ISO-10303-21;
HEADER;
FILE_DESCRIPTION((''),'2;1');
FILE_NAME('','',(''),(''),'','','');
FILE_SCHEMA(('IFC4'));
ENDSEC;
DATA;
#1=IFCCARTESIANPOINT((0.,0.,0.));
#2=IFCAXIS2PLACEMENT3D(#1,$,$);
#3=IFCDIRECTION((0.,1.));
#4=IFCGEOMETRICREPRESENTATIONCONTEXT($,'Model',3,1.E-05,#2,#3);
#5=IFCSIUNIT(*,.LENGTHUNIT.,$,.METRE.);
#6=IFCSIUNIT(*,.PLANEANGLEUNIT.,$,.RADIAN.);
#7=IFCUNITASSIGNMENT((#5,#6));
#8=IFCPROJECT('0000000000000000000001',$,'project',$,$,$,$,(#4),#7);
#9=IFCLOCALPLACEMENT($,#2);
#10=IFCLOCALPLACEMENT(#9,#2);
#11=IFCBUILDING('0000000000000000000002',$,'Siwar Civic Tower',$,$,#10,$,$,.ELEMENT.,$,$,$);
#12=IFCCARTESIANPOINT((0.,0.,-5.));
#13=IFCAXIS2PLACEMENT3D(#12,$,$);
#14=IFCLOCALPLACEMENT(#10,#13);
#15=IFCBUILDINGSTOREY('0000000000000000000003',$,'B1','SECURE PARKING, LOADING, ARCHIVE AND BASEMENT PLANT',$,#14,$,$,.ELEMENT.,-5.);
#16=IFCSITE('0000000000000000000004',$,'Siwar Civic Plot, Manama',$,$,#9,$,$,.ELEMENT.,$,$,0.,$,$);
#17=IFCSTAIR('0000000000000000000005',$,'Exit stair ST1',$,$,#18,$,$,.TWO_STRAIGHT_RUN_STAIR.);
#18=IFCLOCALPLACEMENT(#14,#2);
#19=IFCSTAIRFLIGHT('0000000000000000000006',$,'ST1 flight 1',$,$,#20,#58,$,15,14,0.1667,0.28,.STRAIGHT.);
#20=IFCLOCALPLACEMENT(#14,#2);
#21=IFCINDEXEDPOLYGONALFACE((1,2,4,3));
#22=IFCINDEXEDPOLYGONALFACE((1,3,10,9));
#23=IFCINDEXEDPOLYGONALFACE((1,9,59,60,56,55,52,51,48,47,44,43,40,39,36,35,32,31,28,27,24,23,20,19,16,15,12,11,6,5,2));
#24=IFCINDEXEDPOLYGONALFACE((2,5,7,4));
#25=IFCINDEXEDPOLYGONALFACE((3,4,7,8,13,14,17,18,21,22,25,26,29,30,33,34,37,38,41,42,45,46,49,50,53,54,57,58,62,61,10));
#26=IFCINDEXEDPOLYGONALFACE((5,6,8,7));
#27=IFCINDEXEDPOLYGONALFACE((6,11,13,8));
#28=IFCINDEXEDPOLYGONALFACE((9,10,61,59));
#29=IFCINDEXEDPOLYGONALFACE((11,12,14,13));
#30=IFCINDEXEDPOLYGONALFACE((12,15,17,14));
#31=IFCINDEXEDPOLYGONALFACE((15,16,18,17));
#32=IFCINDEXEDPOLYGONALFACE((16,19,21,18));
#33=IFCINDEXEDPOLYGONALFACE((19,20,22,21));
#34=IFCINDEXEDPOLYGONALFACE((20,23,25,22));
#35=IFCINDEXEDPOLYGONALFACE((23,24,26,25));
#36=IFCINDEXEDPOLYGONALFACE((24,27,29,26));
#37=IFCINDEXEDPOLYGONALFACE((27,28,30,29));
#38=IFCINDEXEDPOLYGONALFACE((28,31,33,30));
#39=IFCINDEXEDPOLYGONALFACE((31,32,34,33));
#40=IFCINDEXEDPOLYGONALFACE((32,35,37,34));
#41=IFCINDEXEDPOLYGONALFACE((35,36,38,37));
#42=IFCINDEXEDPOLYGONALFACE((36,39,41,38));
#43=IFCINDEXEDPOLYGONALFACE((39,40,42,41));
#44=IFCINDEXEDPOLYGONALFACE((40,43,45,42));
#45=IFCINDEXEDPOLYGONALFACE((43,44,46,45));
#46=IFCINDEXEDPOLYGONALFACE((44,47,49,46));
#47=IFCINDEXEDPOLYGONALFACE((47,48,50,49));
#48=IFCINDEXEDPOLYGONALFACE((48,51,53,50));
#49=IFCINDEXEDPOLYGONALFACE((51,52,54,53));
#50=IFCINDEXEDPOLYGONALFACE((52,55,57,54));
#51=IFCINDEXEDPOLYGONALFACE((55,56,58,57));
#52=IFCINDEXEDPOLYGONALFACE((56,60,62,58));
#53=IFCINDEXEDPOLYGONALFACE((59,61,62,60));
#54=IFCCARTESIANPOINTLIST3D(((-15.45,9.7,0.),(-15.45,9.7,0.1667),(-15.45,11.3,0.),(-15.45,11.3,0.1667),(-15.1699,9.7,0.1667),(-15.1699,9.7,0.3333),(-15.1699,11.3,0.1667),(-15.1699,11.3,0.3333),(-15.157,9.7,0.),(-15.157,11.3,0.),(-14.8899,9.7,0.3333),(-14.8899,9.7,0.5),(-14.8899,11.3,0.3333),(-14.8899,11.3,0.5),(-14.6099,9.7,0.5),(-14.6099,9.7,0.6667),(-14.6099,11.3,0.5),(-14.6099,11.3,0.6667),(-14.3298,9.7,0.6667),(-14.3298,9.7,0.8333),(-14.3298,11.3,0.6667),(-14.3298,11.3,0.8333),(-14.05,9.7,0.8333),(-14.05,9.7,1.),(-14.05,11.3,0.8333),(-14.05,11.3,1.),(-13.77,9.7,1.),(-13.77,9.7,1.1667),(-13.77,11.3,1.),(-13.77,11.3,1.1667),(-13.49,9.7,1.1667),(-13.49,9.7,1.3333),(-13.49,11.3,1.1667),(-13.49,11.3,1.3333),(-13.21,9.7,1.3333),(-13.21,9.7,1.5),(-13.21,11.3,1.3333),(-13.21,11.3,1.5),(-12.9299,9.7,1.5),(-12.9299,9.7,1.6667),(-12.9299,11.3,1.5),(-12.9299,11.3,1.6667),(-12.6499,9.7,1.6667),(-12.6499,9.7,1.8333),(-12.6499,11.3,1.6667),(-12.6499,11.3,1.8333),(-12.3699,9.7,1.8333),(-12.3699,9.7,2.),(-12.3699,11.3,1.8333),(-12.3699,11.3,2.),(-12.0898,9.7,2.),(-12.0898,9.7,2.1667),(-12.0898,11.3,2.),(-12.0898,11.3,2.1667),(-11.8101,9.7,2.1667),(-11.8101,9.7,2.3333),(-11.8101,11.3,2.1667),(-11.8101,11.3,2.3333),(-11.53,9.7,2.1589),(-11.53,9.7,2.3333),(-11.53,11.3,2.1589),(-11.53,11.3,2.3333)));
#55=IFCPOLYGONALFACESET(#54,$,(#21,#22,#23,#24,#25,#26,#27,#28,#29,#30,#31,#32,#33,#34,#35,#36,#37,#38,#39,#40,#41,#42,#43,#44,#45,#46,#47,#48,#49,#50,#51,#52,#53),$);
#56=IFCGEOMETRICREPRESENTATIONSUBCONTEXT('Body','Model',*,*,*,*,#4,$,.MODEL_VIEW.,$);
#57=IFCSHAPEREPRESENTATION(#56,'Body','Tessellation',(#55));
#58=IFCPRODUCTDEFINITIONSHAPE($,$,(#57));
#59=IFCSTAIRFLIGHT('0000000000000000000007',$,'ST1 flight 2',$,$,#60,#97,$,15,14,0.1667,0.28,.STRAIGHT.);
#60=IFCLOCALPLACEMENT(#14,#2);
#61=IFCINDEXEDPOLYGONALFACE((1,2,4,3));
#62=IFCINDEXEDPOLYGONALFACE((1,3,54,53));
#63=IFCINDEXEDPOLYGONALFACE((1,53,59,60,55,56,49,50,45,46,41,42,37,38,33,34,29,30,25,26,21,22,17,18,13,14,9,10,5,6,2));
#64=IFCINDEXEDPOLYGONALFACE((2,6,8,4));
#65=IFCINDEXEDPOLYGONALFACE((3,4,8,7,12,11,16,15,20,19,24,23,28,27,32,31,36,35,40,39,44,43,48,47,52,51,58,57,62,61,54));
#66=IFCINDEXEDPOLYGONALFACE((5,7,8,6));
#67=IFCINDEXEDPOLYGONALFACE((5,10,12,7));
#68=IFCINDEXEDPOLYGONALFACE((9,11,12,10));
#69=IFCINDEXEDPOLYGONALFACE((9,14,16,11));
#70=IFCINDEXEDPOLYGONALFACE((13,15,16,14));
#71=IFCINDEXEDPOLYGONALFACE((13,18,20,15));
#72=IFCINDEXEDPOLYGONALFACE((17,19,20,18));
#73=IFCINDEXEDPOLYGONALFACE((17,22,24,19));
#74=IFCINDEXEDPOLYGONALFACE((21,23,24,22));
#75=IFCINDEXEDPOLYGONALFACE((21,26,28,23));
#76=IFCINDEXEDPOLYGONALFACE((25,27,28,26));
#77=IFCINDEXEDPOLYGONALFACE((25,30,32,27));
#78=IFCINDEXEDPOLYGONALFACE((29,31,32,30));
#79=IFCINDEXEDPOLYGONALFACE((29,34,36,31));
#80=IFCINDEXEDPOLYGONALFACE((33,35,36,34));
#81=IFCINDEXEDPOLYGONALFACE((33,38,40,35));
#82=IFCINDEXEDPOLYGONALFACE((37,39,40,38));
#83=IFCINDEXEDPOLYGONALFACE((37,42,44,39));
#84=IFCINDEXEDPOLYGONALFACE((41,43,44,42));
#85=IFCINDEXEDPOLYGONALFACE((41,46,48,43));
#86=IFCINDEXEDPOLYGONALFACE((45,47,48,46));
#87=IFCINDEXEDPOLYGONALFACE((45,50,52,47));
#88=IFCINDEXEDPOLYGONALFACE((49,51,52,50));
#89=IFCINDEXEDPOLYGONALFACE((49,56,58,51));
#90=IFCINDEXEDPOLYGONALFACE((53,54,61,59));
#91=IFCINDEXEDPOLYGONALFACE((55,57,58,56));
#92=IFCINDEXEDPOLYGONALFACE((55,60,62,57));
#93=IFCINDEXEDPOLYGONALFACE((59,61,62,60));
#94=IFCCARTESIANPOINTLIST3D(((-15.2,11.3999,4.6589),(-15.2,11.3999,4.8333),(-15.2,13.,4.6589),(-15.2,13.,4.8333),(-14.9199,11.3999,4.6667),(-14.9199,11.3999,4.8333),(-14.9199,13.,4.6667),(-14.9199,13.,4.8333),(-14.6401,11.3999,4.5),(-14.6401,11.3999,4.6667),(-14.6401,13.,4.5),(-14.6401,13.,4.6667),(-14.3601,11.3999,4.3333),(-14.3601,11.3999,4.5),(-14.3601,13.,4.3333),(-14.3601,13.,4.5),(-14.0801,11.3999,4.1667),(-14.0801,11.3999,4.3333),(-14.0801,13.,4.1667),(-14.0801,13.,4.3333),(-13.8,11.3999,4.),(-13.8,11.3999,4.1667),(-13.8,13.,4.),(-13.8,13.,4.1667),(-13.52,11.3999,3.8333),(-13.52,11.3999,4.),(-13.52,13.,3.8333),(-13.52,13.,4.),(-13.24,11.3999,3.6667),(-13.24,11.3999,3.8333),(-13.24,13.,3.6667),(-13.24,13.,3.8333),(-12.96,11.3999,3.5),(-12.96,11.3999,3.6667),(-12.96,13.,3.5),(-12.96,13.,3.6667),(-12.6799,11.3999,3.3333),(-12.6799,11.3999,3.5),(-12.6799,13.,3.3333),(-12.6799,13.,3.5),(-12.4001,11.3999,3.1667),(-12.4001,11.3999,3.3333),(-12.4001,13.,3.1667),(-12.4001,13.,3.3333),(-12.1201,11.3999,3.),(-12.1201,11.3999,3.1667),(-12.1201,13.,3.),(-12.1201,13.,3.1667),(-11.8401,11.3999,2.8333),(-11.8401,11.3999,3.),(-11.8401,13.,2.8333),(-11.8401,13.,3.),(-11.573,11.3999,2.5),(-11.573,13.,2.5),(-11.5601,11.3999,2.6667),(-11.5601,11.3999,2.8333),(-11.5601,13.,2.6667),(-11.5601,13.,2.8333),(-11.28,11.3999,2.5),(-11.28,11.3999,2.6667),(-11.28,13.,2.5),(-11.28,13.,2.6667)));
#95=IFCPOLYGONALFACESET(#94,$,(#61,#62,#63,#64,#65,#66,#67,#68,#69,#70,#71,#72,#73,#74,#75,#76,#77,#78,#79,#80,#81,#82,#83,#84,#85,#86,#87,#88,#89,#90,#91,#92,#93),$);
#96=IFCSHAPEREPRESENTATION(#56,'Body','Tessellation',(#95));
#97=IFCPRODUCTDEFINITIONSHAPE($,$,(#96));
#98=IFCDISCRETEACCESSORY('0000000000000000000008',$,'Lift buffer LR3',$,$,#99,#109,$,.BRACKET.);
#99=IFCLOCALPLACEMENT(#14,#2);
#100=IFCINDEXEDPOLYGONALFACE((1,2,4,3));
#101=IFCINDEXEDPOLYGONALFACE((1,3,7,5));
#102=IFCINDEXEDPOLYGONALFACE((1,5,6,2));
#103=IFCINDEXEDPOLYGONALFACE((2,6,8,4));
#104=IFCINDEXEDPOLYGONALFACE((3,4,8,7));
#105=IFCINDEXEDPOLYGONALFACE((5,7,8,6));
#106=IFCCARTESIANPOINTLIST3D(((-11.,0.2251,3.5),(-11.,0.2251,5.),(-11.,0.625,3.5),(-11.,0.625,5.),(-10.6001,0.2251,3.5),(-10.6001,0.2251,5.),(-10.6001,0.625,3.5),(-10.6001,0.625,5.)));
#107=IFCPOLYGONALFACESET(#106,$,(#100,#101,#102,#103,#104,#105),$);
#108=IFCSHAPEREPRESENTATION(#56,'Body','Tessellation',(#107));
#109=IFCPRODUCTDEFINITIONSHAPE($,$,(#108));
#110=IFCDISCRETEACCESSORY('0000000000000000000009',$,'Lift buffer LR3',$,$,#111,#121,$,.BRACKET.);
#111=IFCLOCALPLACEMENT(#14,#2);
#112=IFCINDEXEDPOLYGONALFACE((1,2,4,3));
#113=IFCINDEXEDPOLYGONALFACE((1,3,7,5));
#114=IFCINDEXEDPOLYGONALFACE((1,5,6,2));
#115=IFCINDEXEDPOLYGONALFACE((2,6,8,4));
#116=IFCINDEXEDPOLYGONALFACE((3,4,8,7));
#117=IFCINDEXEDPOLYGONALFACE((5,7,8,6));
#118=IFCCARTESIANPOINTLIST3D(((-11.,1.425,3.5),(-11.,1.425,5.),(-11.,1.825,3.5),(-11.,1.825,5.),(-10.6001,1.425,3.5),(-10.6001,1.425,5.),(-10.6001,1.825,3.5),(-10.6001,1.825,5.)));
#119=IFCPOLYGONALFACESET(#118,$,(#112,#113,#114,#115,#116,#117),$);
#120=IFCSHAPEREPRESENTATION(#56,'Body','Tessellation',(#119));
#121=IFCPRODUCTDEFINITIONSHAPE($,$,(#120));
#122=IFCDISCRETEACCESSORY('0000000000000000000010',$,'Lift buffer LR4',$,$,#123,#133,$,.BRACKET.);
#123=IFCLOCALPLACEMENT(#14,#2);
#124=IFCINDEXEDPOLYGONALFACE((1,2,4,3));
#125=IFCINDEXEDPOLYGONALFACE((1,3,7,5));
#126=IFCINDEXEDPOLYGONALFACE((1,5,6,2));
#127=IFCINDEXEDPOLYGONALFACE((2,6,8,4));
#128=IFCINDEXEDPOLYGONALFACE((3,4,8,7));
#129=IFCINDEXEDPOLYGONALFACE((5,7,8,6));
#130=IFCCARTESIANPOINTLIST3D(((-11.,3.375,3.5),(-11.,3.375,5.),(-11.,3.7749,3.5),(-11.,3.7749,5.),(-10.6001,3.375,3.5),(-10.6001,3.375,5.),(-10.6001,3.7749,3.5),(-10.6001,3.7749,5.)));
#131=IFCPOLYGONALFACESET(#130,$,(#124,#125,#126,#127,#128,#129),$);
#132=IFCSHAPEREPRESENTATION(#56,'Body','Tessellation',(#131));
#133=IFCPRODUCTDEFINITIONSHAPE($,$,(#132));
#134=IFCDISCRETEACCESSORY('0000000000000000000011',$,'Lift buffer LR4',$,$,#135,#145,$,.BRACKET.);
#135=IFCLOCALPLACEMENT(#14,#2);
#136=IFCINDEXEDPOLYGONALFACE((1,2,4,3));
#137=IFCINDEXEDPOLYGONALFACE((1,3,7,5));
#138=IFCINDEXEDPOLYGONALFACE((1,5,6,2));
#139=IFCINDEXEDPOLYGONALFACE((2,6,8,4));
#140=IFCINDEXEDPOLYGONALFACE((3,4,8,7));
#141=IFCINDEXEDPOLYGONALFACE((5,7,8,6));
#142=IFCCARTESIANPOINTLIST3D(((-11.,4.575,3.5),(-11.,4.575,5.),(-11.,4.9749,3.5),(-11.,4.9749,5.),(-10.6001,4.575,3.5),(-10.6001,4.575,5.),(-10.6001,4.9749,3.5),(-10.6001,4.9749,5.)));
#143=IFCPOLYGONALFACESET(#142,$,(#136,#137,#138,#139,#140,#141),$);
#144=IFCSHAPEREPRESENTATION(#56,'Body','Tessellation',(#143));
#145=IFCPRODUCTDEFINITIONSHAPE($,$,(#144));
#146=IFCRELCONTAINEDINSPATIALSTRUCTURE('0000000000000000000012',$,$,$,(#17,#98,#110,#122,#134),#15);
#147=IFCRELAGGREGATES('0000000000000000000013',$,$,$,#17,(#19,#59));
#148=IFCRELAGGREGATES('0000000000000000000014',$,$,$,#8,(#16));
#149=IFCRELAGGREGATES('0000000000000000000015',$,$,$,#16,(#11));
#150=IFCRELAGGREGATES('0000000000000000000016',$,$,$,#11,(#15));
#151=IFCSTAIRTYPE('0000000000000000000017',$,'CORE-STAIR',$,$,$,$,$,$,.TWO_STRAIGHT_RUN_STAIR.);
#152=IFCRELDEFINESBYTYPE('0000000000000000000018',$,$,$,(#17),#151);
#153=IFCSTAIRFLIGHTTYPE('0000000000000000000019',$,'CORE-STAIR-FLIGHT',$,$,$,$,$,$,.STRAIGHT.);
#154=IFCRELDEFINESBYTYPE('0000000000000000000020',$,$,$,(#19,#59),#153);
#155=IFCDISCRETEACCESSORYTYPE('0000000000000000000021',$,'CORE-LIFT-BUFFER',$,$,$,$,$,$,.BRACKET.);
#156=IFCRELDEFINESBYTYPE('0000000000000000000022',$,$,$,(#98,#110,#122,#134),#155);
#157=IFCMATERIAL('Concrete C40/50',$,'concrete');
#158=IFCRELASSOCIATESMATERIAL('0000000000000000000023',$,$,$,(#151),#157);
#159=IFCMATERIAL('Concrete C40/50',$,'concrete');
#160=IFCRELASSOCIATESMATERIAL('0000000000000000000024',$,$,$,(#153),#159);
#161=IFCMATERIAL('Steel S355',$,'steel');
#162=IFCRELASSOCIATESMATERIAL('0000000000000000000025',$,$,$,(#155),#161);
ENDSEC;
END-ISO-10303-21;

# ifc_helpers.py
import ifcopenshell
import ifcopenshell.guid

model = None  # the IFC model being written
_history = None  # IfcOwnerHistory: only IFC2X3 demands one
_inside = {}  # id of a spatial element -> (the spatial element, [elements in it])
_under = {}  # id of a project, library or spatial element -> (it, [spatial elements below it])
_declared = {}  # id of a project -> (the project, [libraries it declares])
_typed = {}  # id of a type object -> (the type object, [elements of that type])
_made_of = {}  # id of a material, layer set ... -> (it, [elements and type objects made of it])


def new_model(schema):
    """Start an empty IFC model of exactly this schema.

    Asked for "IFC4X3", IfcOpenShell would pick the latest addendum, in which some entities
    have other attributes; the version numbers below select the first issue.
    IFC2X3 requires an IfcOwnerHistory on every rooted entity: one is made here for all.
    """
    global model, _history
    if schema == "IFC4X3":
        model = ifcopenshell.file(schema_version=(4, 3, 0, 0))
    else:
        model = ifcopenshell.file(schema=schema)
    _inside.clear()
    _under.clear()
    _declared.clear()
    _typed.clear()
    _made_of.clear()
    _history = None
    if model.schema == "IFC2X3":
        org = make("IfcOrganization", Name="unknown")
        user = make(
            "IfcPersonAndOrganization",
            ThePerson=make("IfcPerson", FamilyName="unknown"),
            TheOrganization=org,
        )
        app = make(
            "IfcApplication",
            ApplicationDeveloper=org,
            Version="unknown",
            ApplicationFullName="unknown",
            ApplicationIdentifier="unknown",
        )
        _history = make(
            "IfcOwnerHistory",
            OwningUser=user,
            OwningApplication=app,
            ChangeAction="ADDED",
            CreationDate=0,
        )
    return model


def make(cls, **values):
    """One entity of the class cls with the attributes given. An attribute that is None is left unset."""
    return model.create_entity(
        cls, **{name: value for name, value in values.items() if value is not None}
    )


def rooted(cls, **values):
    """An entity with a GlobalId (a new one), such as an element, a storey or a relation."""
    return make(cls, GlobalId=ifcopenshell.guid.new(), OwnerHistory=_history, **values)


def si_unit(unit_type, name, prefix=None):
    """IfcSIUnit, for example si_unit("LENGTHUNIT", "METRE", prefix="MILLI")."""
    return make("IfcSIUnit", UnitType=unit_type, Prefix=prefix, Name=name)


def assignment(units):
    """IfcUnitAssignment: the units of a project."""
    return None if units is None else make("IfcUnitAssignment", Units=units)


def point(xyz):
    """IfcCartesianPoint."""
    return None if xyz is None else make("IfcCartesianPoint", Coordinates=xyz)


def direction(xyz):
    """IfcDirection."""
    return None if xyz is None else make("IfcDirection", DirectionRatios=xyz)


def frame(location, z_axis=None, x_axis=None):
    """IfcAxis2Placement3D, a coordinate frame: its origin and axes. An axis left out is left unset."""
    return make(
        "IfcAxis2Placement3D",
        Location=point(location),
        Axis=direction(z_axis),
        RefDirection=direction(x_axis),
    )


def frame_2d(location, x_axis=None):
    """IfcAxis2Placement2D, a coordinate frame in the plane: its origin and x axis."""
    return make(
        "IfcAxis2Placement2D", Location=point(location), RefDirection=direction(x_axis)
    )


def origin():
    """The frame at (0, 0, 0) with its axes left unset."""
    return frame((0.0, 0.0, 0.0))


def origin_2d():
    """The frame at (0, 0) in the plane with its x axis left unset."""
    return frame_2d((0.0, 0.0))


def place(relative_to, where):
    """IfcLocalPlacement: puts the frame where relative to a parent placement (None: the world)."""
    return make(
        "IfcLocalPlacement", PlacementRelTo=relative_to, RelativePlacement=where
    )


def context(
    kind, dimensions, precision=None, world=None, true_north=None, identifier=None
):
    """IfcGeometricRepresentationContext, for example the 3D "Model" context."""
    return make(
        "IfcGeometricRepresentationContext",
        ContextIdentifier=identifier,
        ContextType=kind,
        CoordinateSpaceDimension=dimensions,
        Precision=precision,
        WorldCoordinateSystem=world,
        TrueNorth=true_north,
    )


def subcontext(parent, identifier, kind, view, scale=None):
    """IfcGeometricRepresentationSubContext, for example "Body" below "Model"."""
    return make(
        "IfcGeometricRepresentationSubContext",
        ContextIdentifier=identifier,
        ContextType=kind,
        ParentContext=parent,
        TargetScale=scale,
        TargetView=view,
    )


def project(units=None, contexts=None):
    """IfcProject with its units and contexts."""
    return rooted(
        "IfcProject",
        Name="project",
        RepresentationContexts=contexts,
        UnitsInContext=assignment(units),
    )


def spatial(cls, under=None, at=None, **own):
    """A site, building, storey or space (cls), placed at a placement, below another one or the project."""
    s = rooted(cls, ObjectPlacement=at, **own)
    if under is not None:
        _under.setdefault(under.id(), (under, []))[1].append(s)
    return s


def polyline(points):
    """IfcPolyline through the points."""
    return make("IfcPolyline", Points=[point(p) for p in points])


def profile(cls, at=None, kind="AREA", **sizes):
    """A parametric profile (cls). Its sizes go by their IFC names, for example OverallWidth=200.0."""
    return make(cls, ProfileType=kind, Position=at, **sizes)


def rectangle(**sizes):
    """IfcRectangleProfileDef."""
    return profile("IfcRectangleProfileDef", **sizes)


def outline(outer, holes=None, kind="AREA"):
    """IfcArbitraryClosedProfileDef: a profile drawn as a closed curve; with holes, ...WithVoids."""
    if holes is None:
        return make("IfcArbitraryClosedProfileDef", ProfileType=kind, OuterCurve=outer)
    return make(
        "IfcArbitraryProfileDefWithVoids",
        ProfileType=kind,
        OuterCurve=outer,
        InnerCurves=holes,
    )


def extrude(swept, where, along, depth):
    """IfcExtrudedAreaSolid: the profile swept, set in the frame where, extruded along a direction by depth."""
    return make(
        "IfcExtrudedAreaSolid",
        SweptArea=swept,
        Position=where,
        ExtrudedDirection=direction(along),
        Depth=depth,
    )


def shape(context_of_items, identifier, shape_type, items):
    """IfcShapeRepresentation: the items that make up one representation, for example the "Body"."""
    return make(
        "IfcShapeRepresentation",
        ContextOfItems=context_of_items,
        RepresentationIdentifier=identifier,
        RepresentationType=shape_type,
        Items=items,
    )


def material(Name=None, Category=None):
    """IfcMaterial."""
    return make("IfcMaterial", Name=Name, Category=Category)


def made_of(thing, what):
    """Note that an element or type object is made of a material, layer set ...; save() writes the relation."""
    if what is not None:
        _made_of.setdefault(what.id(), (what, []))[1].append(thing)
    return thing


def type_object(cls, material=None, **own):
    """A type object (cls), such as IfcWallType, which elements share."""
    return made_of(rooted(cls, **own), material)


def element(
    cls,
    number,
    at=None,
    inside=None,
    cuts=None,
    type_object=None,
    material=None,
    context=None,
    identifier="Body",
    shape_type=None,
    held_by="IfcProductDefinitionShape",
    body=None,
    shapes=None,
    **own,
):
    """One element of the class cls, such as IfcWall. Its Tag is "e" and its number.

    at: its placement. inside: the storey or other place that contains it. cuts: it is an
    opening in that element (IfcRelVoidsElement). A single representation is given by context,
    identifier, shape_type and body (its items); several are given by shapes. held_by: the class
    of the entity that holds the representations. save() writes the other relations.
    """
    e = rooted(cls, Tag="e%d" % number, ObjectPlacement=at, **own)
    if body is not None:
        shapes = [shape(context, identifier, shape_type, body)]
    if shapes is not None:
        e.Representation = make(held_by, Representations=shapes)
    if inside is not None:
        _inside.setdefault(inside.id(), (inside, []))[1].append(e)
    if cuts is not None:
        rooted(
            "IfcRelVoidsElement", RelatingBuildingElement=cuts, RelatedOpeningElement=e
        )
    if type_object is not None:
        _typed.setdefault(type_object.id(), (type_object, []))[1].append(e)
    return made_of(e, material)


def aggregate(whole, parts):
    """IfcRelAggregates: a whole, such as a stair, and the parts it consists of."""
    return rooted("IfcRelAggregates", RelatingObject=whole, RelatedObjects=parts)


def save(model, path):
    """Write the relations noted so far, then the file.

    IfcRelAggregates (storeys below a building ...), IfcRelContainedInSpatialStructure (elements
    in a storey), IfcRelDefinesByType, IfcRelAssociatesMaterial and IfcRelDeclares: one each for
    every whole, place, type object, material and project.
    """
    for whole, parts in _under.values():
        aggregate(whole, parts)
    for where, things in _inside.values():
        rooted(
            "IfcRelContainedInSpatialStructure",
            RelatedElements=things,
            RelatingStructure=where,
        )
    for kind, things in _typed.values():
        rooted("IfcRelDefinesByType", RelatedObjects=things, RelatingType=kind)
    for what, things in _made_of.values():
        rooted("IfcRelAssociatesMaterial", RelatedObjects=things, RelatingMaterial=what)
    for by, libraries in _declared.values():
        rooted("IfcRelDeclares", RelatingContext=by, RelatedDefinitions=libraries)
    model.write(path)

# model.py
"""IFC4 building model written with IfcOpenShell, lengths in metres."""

from ifc_helpers import new_model, si_unit, direction, frame, origin, origin_2d, place, context, subcontext, project, spatial, polyline, rectangle, outline, extrude, material, type_object, element, aggregate, save


model = new_model("IFC4")

# Units and contexts
model_context = context("Model", 3, precision=1e-05, world=origin(), true_north=direction((0.0, 1.0)))
body_context = subcontext(model_context, "Body", "Model", "MODEL_VIEW")
ifc_project = project(units=[si_unit("LENGTHUNIT", "METRE"), si_unit("PLANEANGLEUNIT", "RADIAN")], contexts=[model_context])

# Site, building, storey
site_placement = place(None, origin())
site = spatial("IfcSite", under=ifc_project, at=site_placement, Name="Siwar Civic Plot, Manama", CompositionType="ELEMENT", RefElevation=0.0)
building_placement = place(site_placement, origin())
building = spatial("IfcBuilding", under=site, at=building_placement, Name="Siwar Civic Tower", CompositionType="ELEMENT")
storey_placement = place(building_placement, frame((0.0, 0.0, -5.0)))
storey = spatial("IfcBuildingStorey", under=building, at=storey_placement, Name="B1", Description="SECURE PARKING, LOADING, ARCHIVE AND BASEMENT PLANT", CompositionType="ELEMENT", Elevation=-5.0)

# Stair, stair flights
ifc_material_1 = material(Name="Concrete C40/50", Category="concrete")
stair_type = type_object("IfcStairType", Name="CORE-STAIR", PredefinedType="TWO_STRAIGHT_RUN_STAIR", material=ifc_material_1)
stair_placement = place(storey_placement, origin())
stair = element("IfcStair", 1, at=stair_placement, inside=storey, type_object=stair_type, Name="Exit stair ST1", PredefinedType="TWO_STRAIGHT_RUN_STAIR")
ifc_material_2 = material(Name="Concrete C40/50", Category="concrete")
stair_flight_type = type_object("IfcStairFlightType", Name="CORE-STAIR-FLIGHT", PredefinedType="STRAIGHT", material=ifc_material_2)
stair_flight_1_placement = place(storey_placement, frame((-15.45, 10.5, 0.0), z_axis=(0.0, 0.0, 1.0), x_axis=(1.0, 0.0, 0.0)))
stair_flight_1 = element("IfcStairFlight", 2, at=stair_flight_1_placement, type_object=stair_flight_type, Name="ST1 flight 1", NumberOfRisers=15, NumberOfTreads=14, PredefinedType="STRAIGHT", RiserHeight=0.1667, TreadLength=0.28, context=body_context, shape_type="SweptSolid", body=[
    extrude(outline(polyline([(0.0, 0.0), (0.0, 0.1667), (0.28, 0.1667), (0.28, 0.3333), (0.5601, 0.3333), (0.5601, 0.5), (0.8401, 0.5), (0.8401, 0.6667), (1.1201, 0.6667), (1.1201, 0.8333), (1.3999, 0.8333), (1.3999, 1.0), (1.6799, 1.0), (1.6799, 1.1667), (1.96, 1.1667), (1.96, 1.3333), (2.24, 1.3333), (2.24, 1.5), (2.52, 1.5), (2.52, 1.6667), (2.8, 1.6667), (2.8, 1.8333), (3.0801, 1.8333), (3.0801, 2.0), (3.3601, 2.0), (3.3601, 2.1667), (3.6399, 2.1667), (3.6399, 2.3333), (3.9199, 2.3333), (3.9199, 2.5), (3.9199, 2.1589), (0.293, 0.0), (0.0, 0.0)])), frame((0.0, 0.8, 0.0), z_axis=(0.0, -1.0, 0.0), x_axis=(1.0, 0.0, 0.0)), (0.0, 0.0, 1.0), 1.6001),
])
stair_flight_2_placement = place(storey_placement, frame((-11.28, 12.2, 2.5), z_axis=(0.0, 0.0, 1.0), x_axis=(-1.0, 0.0, 0.0)))
stair_flight_2 = element("IfcStairFlight", 3, at=stair_flight_2_placement, type_object=stair_flight_type, Name="ST1 flight 2", NumberOfRisers=15, NumberOfTreads=14, PredefinedType="STRAIGHT", RiserHeight=0.1667, TreadLength=0.28, context=body_context, shape_type="SweptSolid", body=[
    extrude(outline(polyline([(0.0, 0.0), (0.0, 0.1667), (0.28, 0.1667), (0.28, 0.3333), (0.5601, 0.3333), (0.5601, 0.5), (0.8401, 0.5), (0.8401, 0.6667), (1.1201, 0.6667), (1.1201, 0.8333), (1.3999, 0.8333), (1.3999, 1.0), (1.6799, 1.0), (1.6799, 1.1667), (1.96, 1.1667), (1.96, 1.3333), (2.24, 1.3333), (2.24, 1.5), (2.52, 1.5), (2.52, 1.6667), (2.8, 1.6667), (2.8, 1.8333), (3.0801, 1.8333), (3.0801, 2.0), (3.3601, 2.0), (3.3601, 2.1667), (3.6399, 2.1667), (3.6399, 2.3333), (3.9199, 2.3333), (3.9199, 2.5), (3.9199, 2.1589), (0.293, 0.0), (0.0, 0.0)])), frame((0.0, 0.8, 0.0), z_axis=(0.0, -1.0, 0.0), x_axis=(1.0, 0.0, 0.0)), (0.0, 0.0, 1.0), 1.6001),
])
aggregate(stair, [stair_flight_1, stair_flight_2])

# Discrete accessories
ifc_material_3 = material(Name="Steel S355", Category="steel")
discrete_accessory_type = type_object("IfcDiscreteAccessoryType", Name="CORE-LIFT-BUFFER", PredefinedType="BRACKET", material=ifc_material_3)
for number, where, z_axis, x_axis, name in (
    (4, (-10.8, 0.425, 3.5), (0.0, 0.0, 1.0), (1.0, 0.0, 0.0), "Lift buffer LR3"),
    (5, (-10.8, 1.625, 3.5), (0.0, 0.0, 1.0), (1.0, 0.0, 0.0), "Lift buffer LR3"),
    (6, (-10.8, 3.575, 3.5), (0.0, 0.0, 1.0), (1.0, 0.0, 0.0), "Lift buffer LR4"),
    (7, (-10.8, 4.7749, 3.5), (0.0, 0.0, 1.0), (1.0, 0.0, 0.0), "Lift buffer LR4"),
):
    element("IfcDiscreteAccessory", number, at=place(storey_placement, frame(where, z_axis=z_axis, x_axis=x_axis)), inside=storey, type_object=discrete_accessory_type, Name=name, PredefinedType="BRACKET", context=body_context, shape_type="SweptSolid", body=[
        extrude(rectangle(XDim=0.3999, YDim=0.3999, at=origin_2d()), origin(), (0.0, 0.0, 1.0), 1.5),
    ])

save(model, "model.ifc")
